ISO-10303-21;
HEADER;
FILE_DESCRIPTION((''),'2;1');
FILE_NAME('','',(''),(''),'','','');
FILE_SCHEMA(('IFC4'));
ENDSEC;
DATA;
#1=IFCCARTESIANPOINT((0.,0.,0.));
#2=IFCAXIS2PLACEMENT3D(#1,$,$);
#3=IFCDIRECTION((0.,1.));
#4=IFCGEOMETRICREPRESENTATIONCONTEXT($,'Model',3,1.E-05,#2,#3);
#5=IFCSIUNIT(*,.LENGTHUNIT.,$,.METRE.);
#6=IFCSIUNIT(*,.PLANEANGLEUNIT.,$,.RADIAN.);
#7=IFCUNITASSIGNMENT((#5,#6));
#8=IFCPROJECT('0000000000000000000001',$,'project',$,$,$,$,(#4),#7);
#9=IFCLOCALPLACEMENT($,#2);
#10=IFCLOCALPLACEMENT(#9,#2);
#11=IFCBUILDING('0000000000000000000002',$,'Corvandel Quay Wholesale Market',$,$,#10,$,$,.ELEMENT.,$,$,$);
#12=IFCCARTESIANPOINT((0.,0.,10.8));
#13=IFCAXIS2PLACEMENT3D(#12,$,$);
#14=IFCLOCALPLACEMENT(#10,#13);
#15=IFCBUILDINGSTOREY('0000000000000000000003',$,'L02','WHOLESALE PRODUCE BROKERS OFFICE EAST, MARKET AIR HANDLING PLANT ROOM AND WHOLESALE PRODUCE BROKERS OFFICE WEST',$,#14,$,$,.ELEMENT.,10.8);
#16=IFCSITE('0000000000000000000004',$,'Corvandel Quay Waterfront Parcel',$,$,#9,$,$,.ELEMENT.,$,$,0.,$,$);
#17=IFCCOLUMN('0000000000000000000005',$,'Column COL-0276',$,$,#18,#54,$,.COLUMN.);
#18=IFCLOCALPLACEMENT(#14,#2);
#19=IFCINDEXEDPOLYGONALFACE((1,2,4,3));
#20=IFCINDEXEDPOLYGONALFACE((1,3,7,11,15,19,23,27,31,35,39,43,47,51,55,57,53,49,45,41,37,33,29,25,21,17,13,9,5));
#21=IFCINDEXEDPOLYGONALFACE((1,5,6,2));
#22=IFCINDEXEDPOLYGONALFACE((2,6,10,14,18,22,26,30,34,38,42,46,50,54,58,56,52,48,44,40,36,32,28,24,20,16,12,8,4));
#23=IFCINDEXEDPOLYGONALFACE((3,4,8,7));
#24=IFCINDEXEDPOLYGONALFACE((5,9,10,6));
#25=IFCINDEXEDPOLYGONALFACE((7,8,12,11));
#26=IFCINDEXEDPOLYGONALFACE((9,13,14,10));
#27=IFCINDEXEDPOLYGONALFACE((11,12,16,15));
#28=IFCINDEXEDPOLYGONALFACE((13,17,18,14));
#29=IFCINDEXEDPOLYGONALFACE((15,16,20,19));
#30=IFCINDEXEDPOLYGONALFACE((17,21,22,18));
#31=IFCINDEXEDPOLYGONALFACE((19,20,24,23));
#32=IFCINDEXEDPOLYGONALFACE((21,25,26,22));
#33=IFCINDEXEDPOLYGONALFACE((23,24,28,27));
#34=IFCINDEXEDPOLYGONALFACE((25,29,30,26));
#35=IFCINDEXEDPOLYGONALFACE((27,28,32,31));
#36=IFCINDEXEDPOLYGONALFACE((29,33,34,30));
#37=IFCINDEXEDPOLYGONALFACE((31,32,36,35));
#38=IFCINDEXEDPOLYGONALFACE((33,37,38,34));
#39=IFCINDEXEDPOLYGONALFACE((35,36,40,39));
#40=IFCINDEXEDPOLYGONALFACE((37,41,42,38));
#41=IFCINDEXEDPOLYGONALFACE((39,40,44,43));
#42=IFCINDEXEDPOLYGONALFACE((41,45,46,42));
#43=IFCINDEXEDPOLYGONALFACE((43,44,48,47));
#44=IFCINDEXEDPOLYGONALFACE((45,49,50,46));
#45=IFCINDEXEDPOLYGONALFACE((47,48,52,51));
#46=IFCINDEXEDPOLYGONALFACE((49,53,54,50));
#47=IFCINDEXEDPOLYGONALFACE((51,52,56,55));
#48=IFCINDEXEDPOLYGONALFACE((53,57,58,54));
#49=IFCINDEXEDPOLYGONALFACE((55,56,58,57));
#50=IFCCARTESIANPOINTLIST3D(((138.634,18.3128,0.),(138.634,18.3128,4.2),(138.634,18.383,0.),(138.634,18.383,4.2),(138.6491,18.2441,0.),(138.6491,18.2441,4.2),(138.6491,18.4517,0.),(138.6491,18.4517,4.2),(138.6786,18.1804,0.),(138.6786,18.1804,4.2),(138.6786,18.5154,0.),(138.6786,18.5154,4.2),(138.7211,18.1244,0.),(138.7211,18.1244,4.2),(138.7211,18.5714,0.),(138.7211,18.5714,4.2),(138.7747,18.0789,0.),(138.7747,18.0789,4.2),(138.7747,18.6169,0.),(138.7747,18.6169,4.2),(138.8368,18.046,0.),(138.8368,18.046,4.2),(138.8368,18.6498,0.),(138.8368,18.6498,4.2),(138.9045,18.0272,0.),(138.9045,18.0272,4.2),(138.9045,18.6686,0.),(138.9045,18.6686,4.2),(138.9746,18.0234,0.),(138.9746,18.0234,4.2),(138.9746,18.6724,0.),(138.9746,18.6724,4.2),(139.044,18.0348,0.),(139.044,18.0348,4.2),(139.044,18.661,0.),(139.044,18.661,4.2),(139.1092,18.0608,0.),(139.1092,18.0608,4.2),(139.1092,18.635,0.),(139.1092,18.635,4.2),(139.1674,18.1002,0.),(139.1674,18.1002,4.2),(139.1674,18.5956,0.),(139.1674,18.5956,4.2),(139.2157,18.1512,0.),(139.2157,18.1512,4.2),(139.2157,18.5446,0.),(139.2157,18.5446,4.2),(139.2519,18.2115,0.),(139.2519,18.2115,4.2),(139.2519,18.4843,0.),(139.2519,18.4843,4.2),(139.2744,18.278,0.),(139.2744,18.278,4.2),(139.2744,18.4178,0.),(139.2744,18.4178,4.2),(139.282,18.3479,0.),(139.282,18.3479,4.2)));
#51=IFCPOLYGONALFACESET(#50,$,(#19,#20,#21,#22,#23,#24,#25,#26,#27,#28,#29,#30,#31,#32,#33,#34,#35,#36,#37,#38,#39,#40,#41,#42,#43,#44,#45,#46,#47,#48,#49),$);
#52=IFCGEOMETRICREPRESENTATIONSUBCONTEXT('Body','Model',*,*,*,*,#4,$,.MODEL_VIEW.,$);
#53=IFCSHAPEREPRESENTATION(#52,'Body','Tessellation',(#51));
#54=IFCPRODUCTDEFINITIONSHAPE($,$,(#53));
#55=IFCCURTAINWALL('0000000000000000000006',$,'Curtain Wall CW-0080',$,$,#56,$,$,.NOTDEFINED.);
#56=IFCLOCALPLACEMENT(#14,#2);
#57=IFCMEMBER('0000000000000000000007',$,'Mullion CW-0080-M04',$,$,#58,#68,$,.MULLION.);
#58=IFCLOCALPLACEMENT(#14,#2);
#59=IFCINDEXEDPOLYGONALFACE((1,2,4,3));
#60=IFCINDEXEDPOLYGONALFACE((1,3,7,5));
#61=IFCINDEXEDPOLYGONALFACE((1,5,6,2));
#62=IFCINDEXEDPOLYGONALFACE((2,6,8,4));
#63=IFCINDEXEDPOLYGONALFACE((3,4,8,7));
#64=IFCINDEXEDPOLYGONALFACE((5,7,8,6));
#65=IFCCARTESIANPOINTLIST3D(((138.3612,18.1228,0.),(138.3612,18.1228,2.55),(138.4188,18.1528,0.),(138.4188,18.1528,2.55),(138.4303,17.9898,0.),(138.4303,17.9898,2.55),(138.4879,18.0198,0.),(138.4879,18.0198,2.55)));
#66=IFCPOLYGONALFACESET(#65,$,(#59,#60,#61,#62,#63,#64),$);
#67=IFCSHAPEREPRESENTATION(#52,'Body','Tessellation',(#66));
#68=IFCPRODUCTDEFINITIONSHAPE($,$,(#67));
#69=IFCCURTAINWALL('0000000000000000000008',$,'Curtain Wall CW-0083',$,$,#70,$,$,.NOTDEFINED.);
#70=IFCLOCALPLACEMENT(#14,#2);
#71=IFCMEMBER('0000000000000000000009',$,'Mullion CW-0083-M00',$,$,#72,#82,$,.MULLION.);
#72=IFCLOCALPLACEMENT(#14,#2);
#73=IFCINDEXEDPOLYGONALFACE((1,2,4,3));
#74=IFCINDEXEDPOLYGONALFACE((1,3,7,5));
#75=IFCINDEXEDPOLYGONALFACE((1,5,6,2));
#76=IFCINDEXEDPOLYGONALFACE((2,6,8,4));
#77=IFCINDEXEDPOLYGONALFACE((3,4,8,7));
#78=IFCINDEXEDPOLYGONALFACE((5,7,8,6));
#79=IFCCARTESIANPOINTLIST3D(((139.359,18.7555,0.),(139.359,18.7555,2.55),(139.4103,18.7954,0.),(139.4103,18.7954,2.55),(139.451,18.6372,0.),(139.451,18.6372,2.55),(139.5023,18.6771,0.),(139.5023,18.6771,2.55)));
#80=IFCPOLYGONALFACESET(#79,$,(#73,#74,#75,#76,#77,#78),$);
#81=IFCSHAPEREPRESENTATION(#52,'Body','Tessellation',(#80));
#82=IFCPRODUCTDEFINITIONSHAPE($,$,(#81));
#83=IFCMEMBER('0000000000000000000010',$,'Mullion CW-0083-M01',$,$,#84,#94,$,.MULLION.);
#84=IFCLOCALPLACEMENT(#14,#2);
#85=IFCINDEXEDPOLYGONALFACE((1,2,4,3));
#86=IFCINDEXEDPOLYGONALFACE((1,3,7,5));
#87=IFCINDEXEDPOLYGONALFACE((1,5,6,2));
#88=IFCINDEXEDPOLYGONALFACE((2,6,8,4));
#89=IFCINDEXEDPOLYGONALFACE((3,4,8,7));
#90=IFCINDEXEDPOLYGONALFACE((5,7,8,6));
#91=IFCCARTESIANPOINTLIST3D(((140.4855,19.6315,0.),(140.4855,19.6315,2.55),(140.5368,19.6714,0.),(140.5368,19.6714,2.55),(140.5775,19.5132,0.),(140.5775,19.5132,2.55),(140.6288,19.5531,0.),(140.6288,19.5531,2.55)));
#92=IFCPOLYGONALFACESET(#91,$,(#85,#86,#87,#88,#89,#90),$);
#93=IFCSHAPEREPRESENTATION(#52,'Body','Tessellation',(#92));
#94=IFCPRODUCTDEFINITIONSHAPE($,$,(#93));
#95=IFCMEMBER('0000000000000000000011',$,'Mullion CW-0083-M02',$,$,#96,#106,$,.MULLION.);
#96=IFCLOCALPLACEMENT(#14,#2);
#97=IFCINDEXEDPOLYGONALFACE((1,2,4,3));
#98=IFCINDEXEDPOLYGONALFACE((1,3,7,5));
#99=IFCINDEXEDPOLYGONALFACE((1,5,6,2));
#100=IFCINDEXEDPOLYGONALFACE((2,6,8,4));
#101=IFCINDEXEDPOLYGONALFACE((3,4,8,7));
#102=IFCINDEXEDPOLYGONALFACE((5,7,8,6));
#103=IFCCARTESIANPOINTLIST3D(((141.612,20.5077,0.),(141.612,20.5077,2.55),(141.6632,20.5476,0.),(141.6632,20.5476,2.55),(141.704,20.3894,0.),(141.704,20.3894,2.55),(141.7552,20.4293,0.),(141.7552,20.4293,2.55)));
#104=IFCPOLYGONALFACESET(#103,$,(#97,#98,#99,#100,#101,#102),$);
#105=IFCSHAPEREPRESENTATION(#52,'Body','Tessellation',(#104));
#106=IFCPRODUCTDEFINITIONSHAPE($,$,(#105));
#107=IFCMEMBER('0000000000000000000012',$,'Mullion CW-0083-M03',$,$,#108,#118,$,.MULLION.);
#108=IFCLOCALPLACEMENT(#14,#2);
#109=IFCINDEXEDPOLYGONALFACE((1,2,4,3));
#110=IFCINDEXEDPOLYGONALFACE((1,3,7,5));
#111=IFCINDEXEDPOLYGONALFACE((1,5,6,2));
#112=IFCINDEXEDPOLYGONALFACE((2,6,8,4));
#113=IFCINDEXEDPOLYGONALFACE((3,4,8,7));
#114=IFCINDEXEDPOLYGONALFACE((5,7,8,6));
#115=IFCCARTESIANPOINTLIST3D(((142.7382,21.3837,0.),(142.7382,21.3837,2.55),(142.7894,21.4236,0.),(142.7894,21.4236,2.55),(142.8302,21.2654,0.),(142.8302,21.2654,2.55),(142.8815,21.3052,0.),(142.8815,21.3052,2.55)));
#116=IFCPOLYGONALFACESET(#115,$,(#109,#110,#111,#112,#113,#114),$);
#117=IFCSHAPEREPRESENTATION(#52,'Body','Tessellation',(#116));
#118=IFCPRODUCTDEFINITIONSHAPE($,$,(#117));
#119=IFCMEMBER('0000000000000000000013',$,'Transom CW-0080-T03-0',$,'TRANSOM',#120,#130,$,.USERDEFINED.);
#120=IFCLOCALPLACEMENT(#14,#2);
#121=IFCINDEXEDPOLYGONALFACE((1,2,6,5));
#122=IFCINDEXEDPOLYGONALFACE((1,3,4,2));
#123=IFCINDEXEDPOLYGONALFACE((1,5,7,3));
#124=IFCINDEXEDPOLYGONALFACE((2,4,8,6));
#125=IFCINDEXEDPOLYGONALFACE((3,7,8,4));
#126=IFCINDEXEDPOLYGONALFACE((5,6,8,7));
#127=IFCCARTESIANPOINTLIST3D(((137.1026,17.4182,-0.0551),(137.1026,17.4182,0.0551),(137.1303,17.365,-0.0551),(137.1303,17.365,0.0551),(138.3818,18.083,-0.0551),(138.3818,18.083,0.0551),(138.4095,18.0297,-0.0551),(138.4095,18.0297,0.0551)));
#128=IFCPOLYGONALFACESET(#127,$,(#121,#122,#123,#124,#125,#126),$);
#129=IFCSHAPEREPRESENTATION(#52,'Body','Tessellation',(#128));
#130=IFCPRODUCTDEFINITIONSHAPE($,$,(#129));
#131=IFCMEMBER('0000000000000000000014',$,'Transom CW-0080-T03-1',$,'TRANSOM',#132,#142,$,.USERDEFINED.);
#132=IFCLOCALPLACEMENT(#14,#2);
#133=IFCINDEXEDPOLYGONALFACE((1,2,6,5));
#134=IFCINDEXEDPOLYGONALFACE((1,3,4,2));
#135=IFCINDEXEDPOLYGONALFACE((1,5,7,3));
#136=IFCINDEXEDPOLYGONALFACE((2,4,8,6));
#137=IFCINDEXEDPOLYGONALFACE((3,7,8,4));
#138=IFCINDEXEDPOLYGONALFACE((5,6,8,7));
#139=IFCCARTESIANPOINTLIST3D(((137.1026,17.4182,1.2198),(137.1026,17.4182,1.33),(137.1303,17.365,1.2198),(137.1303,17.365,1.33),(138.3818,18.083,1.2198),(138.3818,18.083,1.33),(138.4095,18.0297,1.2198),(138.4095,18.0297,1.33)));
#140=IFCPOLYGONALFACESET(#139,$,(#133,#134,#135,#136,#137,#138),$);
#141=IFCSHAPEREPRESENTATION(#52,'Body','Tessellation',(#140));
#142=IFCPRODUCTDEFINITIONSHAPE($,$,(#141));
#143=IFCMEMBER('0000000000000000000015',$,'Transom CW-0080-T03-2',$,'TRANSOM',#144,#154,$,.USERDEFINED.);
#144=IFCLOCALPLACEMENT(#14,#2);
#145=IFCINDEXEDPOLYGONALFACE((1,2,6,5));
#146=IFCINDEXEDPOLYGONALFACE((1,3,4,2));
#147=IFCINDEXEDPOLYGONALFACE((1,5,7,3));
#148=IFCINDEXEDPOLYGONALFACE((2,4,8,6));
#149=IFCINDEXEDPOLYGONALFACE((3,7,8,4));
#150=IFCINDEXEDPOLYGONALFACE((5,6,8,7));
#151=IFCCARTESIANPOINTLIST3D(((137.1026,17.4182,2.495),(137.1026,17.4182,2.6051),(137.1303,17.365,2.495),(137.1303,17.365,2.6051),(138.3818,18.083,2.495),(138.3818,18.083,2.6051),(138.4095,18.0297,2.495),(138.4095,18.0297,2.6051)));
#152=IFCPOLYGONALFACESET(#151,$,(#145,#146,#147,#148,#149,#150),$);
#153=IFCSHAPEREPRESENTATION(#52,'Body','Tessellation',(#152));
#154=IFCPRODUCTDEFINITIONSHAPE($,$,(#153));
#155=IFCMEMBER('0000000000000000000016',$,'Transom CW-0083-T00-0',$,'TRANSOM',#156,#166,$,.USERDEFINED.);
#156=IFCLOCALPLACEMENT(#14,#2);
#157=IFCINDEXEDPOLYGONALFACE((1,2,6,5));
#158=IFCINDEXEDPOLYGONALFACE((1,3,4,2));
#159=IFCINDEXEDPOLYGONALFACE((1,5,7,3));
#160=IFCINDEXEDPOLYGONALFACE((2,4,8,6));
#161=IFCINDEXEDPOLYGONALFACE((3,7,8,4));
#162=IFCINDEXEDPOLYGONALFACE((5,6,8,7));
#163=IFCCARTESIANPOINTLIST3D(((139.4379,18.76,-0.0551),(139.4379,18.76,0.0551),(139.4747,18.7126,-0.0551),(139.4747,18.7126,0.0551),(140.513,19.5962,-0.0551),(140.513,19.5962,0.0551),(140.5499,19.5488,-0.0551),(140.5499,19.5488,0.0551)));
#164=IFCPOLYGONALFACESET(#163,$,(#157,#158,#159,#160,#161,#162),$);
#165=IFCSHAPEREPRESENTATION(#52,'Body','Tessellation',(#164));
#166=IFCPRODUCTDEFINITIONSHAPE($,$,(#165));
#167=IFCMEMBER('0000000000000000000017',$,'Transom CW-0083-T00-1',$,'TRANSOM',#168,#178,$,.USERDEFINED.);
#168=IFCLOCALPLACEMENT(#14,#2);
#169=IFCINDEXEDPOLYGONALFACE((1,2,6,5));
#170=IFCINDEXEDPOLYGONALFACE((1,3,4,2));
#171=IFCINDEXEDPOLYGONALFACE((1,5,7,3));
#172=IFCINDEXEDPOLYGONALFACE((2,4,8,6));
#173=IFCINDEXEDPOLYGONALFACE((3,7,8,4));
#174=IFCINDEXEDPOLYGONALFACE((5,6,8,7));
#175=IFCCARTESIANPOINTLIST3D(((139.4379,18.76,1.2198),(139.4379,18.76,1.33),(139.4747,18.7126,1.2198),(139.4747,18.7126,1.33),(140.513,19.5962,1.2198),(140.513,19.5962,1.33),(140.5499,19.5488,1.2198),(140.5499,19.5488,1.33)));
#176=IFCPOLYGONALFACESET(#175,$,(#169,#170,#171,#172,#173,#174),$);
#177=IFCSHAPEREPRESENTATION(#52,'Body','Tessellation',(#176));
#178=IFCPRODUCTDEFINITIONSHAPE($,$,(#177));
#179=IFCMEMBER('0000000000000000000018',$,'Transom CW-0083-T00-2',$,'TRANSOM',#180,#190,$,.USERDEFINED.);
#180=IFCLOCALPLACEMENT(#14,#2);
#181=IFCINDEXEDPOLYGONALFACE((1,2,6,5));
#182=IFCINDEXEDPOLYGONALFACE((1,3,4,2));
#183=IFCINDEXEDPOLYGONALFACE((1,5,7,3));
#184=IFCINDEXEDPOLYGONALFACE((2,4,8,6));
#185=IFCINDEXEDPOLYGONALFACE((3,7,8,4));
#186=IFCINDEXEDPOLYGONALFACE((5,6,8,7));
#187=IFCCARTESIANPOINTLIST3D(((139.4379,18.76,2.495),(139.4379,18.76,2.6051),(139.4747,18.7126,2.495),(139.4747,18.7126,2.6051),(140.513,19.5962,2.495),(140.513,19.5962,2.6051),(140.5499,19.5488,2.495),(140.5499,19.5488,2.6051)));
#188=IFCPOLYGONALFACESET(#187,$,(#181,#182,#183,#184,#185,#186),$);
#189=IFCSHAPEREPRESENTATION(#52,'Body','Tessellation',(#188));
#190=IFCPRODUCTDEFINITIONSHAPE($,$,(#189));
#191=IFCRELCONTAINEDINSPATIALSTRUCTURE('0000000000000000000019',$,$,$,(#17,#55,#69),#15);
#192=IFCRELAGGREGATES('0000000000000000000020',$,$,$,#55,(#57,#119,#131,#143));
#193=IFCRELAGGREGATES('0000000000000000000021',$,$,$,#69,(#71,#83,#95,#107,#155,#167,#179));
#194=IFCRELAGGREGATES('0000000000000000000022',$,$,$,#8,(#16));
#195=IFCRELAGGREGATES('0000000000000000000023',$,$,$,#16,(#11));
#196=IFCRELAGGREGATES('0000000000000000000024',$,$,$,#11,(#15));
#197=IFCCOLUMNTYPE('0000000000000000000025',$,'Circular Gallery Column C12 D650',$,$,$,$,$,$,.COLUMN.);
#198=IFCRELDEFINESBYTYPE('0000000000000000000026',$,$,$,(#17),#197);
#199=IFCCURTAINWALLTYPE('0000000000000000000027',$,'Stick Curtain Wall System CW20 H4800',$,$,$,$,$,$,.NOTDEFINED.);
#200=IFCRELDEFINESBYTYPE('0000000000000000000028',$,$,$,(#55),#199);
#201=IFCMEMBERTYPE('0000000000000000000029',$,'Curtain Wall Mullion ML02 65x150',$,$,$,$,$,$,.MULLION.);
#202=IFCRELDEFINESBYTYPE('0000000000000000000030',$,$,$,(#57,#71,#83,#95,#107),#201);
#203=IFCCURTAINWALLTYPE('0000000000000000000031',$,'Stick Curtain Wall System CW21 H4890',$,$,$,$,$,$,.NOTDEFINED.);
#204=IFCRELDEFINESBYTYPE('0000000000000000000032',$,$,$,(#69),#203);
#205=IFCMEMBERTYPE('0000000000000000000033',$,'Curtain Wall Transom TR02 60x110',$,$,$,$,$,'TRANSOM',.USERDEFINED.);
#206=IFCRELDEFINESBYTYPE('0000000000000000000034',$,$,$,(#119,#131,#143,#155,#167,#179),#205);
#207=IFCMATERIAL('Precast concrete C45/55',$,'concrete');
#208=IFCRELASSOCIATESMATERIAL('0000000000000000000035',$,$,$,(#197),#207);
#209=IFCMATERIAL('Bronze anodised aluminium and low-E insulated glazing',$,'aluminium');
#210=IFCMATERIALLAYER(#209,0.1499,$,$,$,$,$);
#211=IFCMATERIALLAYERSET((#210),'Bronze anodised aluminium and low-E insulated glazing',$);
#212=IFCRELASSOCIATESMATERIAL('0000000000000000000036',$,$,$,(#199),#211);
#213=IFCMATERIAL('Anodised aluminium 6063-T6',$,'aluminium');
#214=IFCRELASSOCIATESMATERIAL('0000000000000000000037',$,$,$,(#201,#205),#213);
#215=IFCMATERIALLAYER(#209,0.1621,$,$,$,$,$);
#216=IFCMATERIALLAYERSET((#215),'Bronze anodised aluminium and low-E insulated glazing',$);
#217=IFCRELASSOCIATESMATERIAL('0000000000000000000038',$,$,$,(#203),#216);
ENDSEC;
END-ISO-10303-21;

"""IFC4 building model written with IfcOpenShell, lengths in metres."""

from ifc_helpers import new_model, si_unit, direction, frame, origin, origin_2d, place, context, subcontext, project, spatial, rectangle, circle, extrude, material, layer, layer_set, material_profile, profile_set, type_object, element, aggregate, save


model = new_model("IFC4")

# Units and contexts
model_context = context("Model", 3, precision=1e-05, world=origin(), true_north=direction((0.0, 1.0)))
body_context = subcontext(model_context, "Body", "Model", "MODEL_VIEW")
ifc_project = project(units=[si_unit("LENGTHUNIT", "METRE"), si_unit("PLANEANGLEUNIT", "RADIAN")], contexts=[model_context])

# Site, building, storey
site_placement = place(None, origin())
site = spatial("IfcSite", under=ifc_project, at=site_placement, Name="Corvandel Quay Waterfront Parcel", CompositionType="ELEMENT", RefElevation=0.0)
building_placement = place(site_placement, origin())
building = spatial("IfcBuilding", under=site, at=building_placement, Name="Corvandel Quay Wholesale Market", CompositionType="ELEMENT")
storey_placement = place(building_placement, frame((0.0, 0.0, 10.8)))
storey = spatial("IfcBuildingStorey", under=building, at=storey_placement, Name="L02", Description="WHOLESALE PRODUCE BROKERS OFFICE EAST, MARKET AIR HANDLING PLANT ROOM AND WHOLESALE PRODUCE BROKERS OFFICE WEST", CompositionType="ELEMENT", Elevation=10.8)

# Column
ifc_material_1 = material(Name="Precast concrete C45/55", Category="concrete")
ifc_material_profile_1 = material_profile(ifc_material_1, circle(Radius=0.325, at=origin_2d()), Name="PC-COL-D650")
ifc_profile_set_1 = profile_set([ifc_material_profile_1], Name="Precast concrete C45/55")
column_type = type_object("IfcColumnType", Name="Circular Gallery Column C12 D650", PredefinedType="COLUMN", material=ifc_profile_set_1)
column_placement = place(storey_placement, frame((138.957, 18.3479, 0.0), z_axis=(0.0, 0.0, 1.0), x_axis=(1.0, 0.0, 0.0)))
element("IfcColumn", 1, at=column_placement, inside=storey, type_object=column_type, Name="Column COL-0276", PredefinedType="COLUMN", context=body_context, shape_type="SweptSolid", body=[
    extrude(circle(Radius=0.325, at=origin_2d()), origin(), (0.0, 0.0, 1.0), 4.2),
])

# Curtain wall, member
ifc_material_2 = material(Name="Bronze anodised aluminium and low-E insulated glazing", Category="aluminium")
ifc_layer_1 = layer(ifc_material_2, 0.1499)
ifc_layer_set_1 = layer_set([ifc_layer_1], Name="Bronze anodised aluminium and low-E insulated glazing")
curtain_wall_type_1 = type_object("IfcCurtainWallType", Name="Stick Curtain Wall System CW20 H4800", PredefinedType="NOTDEFINED", material=ifc_layer_set_1)
curtain_wall_1_placement = place(storey_placement, origin())
curtain_wall_1 = element("IfcCurtainWall", 2, at=curtain_wall_1_placement, inside=storey, type_object=curtain_wall_type_1, Name="Curtain Wall CW-0080", PredefinedType="NOTDEFINED")
ifc_material_3 = material(Name="Anodised aluminium 6063-T6", Category="aluminium")
ifc_material_profile_2 = material_profile(ifc_material_3, rectangle(XDim=0.0649, YDim=0.1499, at=origin_2d()), Name="ALU-MUL-65x150")
ifc_profile_set_2 = profile_set([ifc_material_profile_2], Name="Anodised aluminium 6063-T6")
member_type_1 = type_object("IfcMemberType", Name="Curtain Wall Mullion ML02 65x150", PredefinedType="MULLION", material=ifc_profile_set_2)
member_1_placement = place(storey_placement, frame((138.4246, 18.0713, 0.0), z_axis=(0.0, 0.0, 1.0), x_axis=(0.887333, 0.461129, 0.0)))
member_1 = element("IfcMember", 3, at=member_1_placement, type_object=member_type_1, Name="Mullion CW-0080-M04", PredefinedType="MULLION", context=body_context, shape_type="SweptSolid", body=[
    extrude(rectangle(XDim=0.0649, YDim=0.1499, at=origin_2d()), origin(), (0.0, 0.0, 1.0), 2.55),
])

# Curtain wall, members
ifc_layer_2 = layer(ifc_material_2, 0.1621)
ifc_layer_set_2 = layer_set([ifc_layer_2], Name="Bronze anodised aluminium and low-E insulated glazing")
curtain_wall_type_2 = type_object("IfcCurtainWallType", Name="Stick Curtain Wall System CW21 H4890", PredefinedType="NOTDEFINED", material=ifc_layer_set_2)
curtain_wall_2_placement = place(storey_placement, origin())
curtain_wall_2 = element("IfcCurtainWall", 4, at=curtain_wall_2_placement, inside=storey, type_object=curtain_wall_type_2, Name="Curtain Wall CW-0083", PredefinedType="NOTDEFINED")
member_2_placement = place(storey_placement, frame((139.4307, 18.7163, 0.0), z_axis=(0.0, 0.0, 1.0), x_axis=(0.789406, 0.613872, 0.0)))
member_2 = element("IfcMember", 5, at=member_2_placement, type_object=member_type_1, Name="Mullion CW-0083-M00", PredefinedType="MULLION", context=body_context, shape_type="SweptSolid", body=[
    extrude(rectangle(XDim=0.0649, YDim=0.1499, at=origin_2d()), origin(), (0.0, 0.0, 1.0), 2.55),
])
member_3_placement = place(storey_placement, frame((140.5571, 19.5923, 0.0), z_axis=(0.0, 0.0, 1.0), x_axis=(0.789406, 0.613872, 0.0)))
member_3 = element("IfcMember", 6, at=member_3_placement, type_object=member_type_1, Name="Mullion CW-0083-M01", PredefinedType="MULLION", context=body_context, shape_type="SweptSolid", body=[
    extrude(rectangle(XDim=0.0649, YDim=0.1499, at=origin_2d()), origin(), (0.0, 0.0, 1.0), 2.55),
])
member_4_placement = place(storey_placement, frame((141.6836, 20.4685, 0.0), z_axis=(0.0, 0.0, 1.0), x_axis=(0.789406, 0.613872, 0.0)))
member_4 = element("IfcMember", 7, at=member_4_placement, type_object=member_type_1, Name="Mullion CW-0083-M02", PredefinedType="MULLION", context=body_context, shape_type="SweptSolid", body=[
    extrude(rectangle(XDim=0.0649, YDim=0.1499, at=origin_2d()), origin(), (0.0, 0.0, 1.0), 2.55),
])
member_5_placement = place(storey_placement, frame((142.8098, 21.3445, 0.0), z_axis=(0.0, 0.0, 1.0), x_axis=(0.789406, 0.613872, 0.0)))
member_5 = element("IfcMember", 8, at=member_5_placement, type_object=member_type_1, Name="Mullion CW-0083-M03", PredefinedType="MULLION", context=body_context, shape_type="SweptSolid", body=[
    extrude(rectangle(XDim=0.0649, YDim=0.1499, at=origin_2d()), origin(), (0.0, 0.0, 1.0), 2.55),
])

# Members
ifc_material_profile_3 = material_profile(ifc_material_3, rectangle(XDim=0.0601, YDim=0.1101, at=origin_2d()), Name="ALU-TRN-60x110")
ifc_profile_set_3 = profile_set([ifc_material_profile_3], Name="Anodised aluminium 6063-T6")
member_type_2 = type_object("IfcMemberType", Name="Curtain Wall Transom TR02 60x110", ElementType="TRANSOM", PredefinedType="USERDEFINED", material=ifc_profile_set_3)
member_6_placement = place(storey_placement, frame((137.1165, 17.3916, 0.0), z_axis=(0.887342, 0.461113, 0.0), x_axis=(-0.461113, 0.887342, 0.0)))
member_6 = element("IfcMember", 9, at=member_6_placement, type_object=member_type_2, Name="Transom CW-0080-T03-0", ObjectType="TRANSOM", PredefinedType="USERDEFINED", context=body_context, shape_type="SweptSolid", body=[
    extrude(rectangle(XDim=0.0601, YDim=0.1101, at=origin_2d()), origin(), (0.0, 0.0, 1.0), 1.4417),
])
member_7_placement = place(storey_placement, frame((137.1165, 17.3916, 1.2749), z_axis=(0.887342, 0.461113, 0.0), x_axis=(-0.461113, 0.887342, 0.0)))
member_7 = element("IfcMember", 10, at=member_7_placement, type_object=member_type_2, Name="Transom CW-0080-T03-1", ObjectType="TRANSOM", PredefinedType="USERDEFINED", context=body_context, shape_type="SweptSolid", body=[
    extrude(rectangle(XDim=0.0601, YDim=0.1101, at=origin_2d()), origin(), (0.0, 0.0, 1.0), 1.4417),
])
member_8_placement = place(storey_placement, frame((137.1165, 17.3916, 2.55), z_axis=(0.887342, 0.461113, 0.0), x_axis=(-0.461113, 0.887342, 0.0)))
member_8 = element("IfcMember", 11, at=member_8_placement, type_object=member_type_2, Name="Transom CW-0080-T03-2", ObjectType="TRANSOM", PredefinedType="USERDEFINED", context=body_context, shape_type="SweptSolid", body=[
    extrude(rectangle(XDim=0.0601, YDim=0.1101, at=origin_2d()), origin(), (0.0, 0.0, 1.0), 1.4417),
])
member_9_placement = place(storey_placement, frame((139.4563, 18.7363, 0.0), z_axis=(0.789381, 0.613903, 0.0), x_axis=(-0.613903, 0.789381, 0.0)))
member_9 = element("IfcMember", 12, at=member_9_placement, type_object=member_type_2, Name="Transom CW-0083-T00-0", ObjectType="TRANSOM", PredefinedType="USERDEFINED", context=body_context, shape_type="SweptSolid", body=[
    extrude(rectangle(XDim=0.0601, YDim=0.1101, at=origin_2d()), origin(), (0.0, 0.0, 1.0), 1.3621),
])
member_10_placement = place(storey_placement, frame((139.4563, 18.7363, 1.2749), z_axis=(0.789381, 0.613903, 0.0), x_axis=(-0.613903, 0.789381, 0.0)))
member_10 = element("IfcMember", 13, at=member_10_placement, type_object=member_type_2, Name="Transom CW-0083-T00-1", ObjectType="TRANSOM", PredefinedType="USERDEFINED", context=body_context, shape_type="SweptSolid", body=[
    extrude(rectangle(XDim=0.0601, YDim=0.1101, at=origin_2d()), origin(), (0.0, 0.0, 1.0), 1.3621),
])
member_11_placement = place(storey_placement, frame((139.4563, 18.7363, 2.55), z_axis=(0.789381, 0.613903, 0.0), x_axis=(-0.613903, 0.789381, 0.0)))
member_11 = element("IfcMember", 14, at=member_11_placement, type_object=member_type_2, Name="Transom CW-0083-T00-2", ObjectType="TRANSOM", PredefinedType="USERDEFINED", context=body_context, shape_type="SweptSolid", body=[
    extrude(rectangle(XDim=0.0601, YDim=0.1101, at=origin_2d()), origin(), (0.0, 0.0, 1.0), 1.3621),
])

aggregate(curtain_wall_1, [member_1, member_6, member_7, member_8])
aggregate(curtain_wall_2, [member_2, member_3, member_4, member_5, member_9, member_10, member_11])

save(model, "model.ifc")
